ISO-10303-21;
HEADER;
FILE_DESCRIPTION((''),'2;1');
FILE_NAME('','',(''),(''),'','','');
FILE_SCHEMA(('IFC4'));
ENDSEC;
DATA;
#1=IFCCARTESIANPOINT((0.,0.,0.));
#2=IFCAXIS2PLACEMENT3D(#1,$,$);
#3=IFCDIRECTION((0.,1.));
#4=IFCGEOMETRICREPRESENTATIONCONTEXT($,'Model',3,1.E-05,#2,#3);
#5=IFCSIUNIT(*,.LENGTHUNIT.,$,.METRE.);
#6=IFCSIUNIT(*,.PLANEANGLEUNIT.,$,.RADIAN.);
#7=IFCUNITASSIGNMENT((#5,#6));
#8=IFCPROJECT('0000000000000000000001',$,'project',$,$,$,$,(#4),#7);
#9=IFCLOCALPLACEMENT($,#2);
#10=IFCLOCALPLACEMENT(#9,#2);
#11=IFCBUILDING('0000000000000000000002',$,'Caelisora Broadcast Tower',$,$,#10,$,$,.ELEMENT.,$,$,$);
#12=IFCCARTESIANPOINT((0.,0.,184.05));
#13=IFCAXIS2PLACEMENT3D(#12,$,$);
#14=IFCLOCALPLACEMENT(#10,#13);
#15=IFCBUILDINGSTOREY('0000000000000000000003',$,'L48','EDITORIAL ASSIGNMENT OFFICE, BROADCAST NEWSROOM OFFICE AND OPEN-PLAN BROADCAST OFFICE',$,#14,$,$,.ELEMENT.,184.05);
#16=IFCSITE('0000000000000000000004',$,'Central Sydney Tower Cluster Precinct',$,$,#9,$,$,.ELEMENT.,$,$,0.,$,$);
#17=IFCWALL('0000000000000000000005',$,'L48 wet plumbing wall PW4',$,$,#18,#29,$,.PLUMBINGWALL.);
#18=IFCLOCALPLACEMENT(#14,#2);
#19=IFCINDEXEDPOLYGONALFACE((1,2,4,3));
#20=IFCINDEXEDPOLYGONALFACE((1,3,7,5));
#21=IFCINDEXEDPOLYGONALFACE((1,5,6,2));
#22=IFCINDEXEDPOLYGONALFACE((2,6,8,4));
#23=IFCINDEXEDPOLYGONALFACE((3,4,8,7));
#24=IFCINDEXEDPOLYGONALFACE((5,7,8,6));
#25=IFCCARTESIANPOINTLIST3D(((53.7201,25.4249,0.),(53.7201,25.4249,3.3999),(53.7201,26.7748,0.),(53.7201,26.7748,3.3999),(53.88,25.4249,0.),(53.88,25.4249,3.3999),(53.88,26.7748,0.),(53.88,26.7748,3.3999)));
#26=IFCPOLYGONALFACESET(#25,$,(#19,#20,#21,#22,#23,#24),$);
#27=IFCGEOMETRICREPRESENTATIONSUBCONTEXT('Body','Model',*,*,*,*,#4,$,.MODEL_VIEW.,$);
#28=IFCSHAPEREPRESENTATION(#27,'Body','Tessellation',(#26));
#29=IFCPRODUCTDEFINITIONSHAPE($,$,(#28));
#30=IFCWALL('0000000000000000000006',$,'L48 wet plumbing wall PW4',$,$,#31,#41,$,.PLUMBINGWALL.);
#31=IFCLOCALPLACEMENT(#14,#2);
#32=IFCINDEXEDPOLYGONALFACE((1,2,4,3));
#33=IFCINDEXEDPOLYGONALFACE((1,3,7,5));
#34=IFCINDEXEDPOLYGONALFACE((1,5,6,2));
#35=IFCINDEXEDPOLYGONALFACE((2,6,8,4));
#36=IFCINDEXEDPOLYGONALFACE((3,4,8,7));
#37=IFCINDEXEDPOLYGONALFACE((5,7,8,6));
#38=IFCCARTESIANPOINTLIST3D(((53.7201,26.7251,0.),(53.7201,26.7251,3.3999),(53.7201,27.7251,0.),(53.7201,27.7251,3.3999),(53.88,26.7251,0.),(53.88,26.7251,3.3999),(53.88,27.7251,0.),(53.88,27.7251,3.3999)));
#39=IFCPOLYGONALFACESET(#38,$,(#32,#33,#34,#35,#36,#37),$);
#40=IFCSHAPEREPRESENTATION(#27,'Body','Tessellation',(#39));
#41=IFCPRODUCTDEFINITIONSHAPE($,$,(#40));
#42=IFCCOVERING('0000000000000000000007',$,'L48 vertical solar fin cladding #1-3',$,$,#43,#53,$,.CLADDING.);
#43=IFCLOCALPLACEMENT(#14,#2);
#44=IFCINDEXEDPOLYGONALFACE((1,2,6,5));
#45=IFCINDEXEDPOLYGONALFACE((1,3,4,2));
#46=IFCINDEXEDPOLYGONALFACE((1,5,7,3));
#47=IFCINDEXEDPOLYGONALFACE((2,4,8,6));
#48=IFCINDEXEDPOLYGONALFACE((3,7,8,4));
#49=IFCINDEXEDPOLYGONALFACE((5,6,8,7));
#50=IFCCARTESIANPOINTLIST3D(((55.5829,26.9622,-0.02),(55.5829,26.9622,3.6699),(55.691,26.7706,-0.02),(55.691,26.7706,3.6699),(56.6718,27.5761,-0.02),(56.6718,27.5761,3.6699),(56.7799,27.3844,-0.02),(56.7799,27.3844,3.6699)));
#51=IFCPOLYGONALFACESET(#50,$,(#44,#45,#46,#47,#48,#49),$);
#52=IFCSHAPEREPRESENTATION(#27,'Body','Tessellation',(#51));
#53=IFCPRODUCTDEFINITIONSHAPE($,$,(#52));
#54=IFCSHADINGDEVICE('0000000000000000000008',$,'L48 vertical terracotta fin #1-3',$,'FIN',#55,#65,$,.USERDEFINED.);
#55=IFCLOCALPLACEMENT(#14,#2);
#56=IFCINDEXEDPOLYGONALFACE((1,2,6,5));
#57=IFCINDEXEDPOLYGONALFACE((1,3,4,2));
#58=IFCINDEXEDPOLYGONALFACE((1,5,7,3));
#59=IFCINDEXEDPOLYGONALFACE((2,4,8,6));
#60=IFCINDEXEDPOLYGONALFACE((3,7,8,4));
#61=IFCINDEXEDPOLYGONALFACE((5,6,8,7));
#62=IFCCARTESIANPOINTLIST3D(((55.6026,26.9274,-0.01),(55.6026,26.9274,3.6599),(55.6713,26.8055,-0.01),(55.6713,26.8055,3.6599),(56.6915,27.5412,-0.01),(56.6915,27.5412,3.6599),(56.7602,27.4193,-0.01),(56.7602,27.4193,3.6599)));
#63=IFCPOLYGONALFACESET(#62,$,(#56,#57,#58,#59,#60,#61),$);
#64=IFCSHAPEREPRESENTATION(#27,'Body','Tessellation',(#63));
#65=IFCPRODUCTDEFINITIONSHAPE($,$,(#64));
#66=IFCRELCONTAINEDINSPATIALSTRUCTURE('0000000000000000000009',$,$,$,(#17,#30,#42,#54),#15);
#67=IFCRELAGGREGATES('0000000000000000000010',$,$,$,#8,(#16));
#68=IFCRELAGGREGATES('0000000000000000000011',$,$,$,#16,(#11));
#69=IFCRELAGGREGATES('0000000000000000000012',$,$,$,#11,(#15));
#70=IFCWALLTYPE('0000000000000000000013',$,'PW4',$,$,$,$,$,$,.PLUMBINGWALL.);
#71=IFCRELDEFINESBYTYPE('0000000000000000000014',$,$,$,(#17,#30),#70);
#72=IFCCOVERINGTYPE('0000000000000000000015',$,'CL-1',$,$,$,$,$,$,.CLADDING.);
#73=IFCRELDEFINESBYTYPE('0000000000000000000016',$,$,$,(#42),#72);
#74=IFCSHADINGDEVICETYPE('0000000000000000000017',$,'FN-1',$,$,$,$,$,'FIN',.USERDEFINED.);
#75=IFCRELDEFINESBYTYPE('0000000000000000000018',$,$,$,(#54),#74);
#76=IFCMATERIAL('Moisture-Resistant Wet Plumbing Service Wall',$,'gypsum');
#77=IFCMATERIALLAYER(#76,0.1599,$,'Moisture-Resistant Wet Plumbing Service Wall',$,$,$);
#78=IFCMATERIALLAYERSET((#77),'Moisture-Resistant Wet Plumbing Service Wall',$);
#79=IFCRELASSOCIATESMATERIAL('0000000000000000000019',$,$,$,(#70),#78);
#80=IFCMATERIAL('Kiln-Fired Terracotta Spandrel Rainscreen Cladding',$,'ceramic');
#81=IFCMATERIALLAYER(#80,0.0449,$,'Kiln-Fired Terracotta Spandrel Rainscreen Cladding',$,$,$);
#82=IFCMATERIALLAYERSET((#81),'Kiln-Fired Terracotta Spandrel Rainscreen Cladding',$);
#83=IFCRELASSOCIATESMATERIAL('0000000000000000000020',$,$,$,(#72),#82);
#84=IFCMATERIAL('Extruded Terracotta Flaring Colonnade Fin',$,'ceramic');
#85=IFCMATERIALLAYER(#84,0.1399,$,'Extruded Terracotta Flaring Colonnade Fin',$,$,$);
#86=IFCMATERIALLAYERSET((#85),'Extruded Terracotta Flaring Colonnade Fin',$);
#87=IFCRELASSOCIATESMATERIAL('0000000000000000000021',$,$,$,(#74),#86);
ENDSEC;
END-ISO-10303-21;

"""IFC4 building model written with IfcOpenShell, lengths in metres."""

from ifc_helpers import new_model, si_unit, direction, frame, frame_2d, origin, origin_2d, place, context, subcontext, project, spatial, rectangle, extrude, source, transform, mapped, material, layer, layer_set, type_object, type_shapes, element, save


model = new_model("IFC4")

# Units and contexts
model_context = context("Model", 3, precision=1e-05, world=origin(), true_north=direction((0.0, 1.0)))
body_context = subcontext(model_context, "Body", "Model", "MODEL_VIEW")
ifc_project = project(units=[si_unit("LENGTHUNIT", "METRE"), si_unit("PLANEANGLEUNIT", "RADIAN")], contexts=[model_context])

# Site, building, storey
site_placement = place(None, origin())
site = spatial("IfcSite", under=ifc_project, at=site_placement, Name="Central Sydney Tower Cluster Precinct", CompositionType="ELEMENT", RefElevation=0.0)
building_placement = place(site_placement, origin())
building = spatial("IfcBuilding", under=site, at=building_placement, Name="Caelisora Broadcast Tower", CompositionType="ELEMENT")
storey_placement = place(building_placement, frame((0.0, 0.0, 184.05)))
storey = spatial("IfcBuildingStorey", under=building, at=storey_placement, Name="L48", Description="EDITORIAL ASSIGNMENT OFFICE, BROADCAST NEWSROOM OFFICE AND OPEN-PLAN BROADCAST OFFICE", CompositionType="ELEMENT", Elevation=184.05)

# Shared definitions
ifc_material_1 = material(Name="Moisture-Resistant Wet Plumbing Service Wall", Category="gypsum")
ifc_layer_1 = layer(ifc_material_1, 0.1599, Name="Moisture-Resistant Wet Plumbing Service Wall")
ifc_layer_set_1 = layer_set([ifc_layer_1], Name="Moisture-Resistant Wet Plumbing Service Wall")
wall_type_1 = type_object("IfcWallType", Name="PW4", PredefinedType="PLUMBINGWALL", material=ifc_layer_set_1)

# Walls
wall_1_placement = place(storey_placement, frame((53.8, 25.425, 0.0), z_axis=(0.0, 0.0, 1.0), x_axis=(0.0, 1.0, 0.0)))
element("IfcWall", 1, at=wall_1_placement, inside=storey, type_object=wall_type_1, Name="L48 wet plumbing wall PW4", PredefinedType="PLUMBINGWALL", context=body_context, shape_type="SweptSolid", body=[
    extrude(rectangle(XDim=1.3499, YDim=0.1599, at=frame_2d((0.6748, 0.0))), origin(), (0.0, 0.0, 1.0), 3.3999),
])
wall_2_placement = place(storey_placement, frame((53.8, 26.7251, 0.0), z_axis=(0.0, 0.0, 1.0), x_axis=(0.0, 1.0, 0.0)))
element("IfcWall", 2, at=wall_2_placement, inside=storey, type_object=wall_type_1, Name="L48 wet plumbing wall PW4", PredefinedType="PLUMBINGWALL", context=body_context, shape_type="SweptSolid", body=[
    extrude(rectangle(XDim=1.0, YDim=0.1599, at=frame_2d((0.5, 0.0))), origin(), (0.0, 0.0, 1.0), 3.3999),
])

# Covering
ifc_material_2 = material(Name="Kiln-Fired Terracotta Spandrel Rainscreen Cladding", Category="ceramic")
ifc_layer_2 = layer(ifc_material_2, 0.0449, Name="Kiln-Fired Terracotta Spandrel Rainscreen Cladding")
ifc_layer_set_2 = layer_set([ifc_layer_2], Name="Kiln-Fired Terracotta Spandrel Rainscreen Cladding")
covering_type = type_object("IfcCoveringType", Name="CL-1", PredefinedType="CLADDING", material=ifc_layer_set_2)
shared_shape_1 = source(origin(), body_context, "Body", "SweptSolid", [
    extrude(rectangle(XDim=0.22, YDim=1.25, at=origin_2d()), origin(), (0.0, 0.0, 1.0), 3.6899),
])
type_shapes(covering_type, [shared_shape_1])
covering_placement = place(storey_placement, frame((56.1814, 27.1733, -0.02), z_axis=(0.0, 0.0, 1.0), x_axis=(0.491056, -0.871128, 0.0)))
element("IfcCovering", 3, at=covering_placement, inside=storey, type_object=covering_type, Name="L48 vertical solar fin cladding #1-3", PredefinedType="CLADDING", context=body_context, shape_type="MappedRepresentation", body=[
    mapped(shared_shape_1, transform((0.0, 0.0, 0.0), scale=1.0)),
])

# Shading device
ifc_material_3 = material(Name="Extruded Terracotta Flaring Colonnade Fin", Category="ceramic")
ifc_layer_3 = layer(ifc_material_3, 0.1399, Name="Extruded Terracotta Flaring Colonnade Fin")
ifc_layer_set_3 = layer_set([ifc_layer_3], Name="Extruded Terracotta Flaring Colonnade Fin")
shading_device_type = type_object("IfcShadingDeviceType", Name="FN-1", ElementType="FIN", PredefinedType="USERDEFINED", material=ifc_layer_set_3)
shared_shape_2 = source(origin(), body_context, "Body", "SweptSolid", [
    extrude(rectangle(XDim=0.1399, YDim=1.25, at=origin_2d()), origin(), (0.0, 0.0, 1.0), 3.6699),
])
type_shapes(shading_device_type, [shared_shape_2])
shading_device_placement = place(storey_placement, frame((56.1814, 27.1733, -0.01), z_axis=(0.0, 0.0, 1.0), x_axis=(0.491056, -0.871128, 0.0)))
element("IfcShadingDevice", 4, at=shading_device_placement, inside=storey, type_object=shading_device_type, Name="L48 vertical terracotta fin #1-3", ObjectType="FIN", PredefinedType="USERDEFINED", context=body_context, shape_type="MappedRepresentation", body=[
    mapped(shared_shape_2, transform((0.0, 0.0, 0.0), scale=1.0)),
])

save(model, "model.ifc")
